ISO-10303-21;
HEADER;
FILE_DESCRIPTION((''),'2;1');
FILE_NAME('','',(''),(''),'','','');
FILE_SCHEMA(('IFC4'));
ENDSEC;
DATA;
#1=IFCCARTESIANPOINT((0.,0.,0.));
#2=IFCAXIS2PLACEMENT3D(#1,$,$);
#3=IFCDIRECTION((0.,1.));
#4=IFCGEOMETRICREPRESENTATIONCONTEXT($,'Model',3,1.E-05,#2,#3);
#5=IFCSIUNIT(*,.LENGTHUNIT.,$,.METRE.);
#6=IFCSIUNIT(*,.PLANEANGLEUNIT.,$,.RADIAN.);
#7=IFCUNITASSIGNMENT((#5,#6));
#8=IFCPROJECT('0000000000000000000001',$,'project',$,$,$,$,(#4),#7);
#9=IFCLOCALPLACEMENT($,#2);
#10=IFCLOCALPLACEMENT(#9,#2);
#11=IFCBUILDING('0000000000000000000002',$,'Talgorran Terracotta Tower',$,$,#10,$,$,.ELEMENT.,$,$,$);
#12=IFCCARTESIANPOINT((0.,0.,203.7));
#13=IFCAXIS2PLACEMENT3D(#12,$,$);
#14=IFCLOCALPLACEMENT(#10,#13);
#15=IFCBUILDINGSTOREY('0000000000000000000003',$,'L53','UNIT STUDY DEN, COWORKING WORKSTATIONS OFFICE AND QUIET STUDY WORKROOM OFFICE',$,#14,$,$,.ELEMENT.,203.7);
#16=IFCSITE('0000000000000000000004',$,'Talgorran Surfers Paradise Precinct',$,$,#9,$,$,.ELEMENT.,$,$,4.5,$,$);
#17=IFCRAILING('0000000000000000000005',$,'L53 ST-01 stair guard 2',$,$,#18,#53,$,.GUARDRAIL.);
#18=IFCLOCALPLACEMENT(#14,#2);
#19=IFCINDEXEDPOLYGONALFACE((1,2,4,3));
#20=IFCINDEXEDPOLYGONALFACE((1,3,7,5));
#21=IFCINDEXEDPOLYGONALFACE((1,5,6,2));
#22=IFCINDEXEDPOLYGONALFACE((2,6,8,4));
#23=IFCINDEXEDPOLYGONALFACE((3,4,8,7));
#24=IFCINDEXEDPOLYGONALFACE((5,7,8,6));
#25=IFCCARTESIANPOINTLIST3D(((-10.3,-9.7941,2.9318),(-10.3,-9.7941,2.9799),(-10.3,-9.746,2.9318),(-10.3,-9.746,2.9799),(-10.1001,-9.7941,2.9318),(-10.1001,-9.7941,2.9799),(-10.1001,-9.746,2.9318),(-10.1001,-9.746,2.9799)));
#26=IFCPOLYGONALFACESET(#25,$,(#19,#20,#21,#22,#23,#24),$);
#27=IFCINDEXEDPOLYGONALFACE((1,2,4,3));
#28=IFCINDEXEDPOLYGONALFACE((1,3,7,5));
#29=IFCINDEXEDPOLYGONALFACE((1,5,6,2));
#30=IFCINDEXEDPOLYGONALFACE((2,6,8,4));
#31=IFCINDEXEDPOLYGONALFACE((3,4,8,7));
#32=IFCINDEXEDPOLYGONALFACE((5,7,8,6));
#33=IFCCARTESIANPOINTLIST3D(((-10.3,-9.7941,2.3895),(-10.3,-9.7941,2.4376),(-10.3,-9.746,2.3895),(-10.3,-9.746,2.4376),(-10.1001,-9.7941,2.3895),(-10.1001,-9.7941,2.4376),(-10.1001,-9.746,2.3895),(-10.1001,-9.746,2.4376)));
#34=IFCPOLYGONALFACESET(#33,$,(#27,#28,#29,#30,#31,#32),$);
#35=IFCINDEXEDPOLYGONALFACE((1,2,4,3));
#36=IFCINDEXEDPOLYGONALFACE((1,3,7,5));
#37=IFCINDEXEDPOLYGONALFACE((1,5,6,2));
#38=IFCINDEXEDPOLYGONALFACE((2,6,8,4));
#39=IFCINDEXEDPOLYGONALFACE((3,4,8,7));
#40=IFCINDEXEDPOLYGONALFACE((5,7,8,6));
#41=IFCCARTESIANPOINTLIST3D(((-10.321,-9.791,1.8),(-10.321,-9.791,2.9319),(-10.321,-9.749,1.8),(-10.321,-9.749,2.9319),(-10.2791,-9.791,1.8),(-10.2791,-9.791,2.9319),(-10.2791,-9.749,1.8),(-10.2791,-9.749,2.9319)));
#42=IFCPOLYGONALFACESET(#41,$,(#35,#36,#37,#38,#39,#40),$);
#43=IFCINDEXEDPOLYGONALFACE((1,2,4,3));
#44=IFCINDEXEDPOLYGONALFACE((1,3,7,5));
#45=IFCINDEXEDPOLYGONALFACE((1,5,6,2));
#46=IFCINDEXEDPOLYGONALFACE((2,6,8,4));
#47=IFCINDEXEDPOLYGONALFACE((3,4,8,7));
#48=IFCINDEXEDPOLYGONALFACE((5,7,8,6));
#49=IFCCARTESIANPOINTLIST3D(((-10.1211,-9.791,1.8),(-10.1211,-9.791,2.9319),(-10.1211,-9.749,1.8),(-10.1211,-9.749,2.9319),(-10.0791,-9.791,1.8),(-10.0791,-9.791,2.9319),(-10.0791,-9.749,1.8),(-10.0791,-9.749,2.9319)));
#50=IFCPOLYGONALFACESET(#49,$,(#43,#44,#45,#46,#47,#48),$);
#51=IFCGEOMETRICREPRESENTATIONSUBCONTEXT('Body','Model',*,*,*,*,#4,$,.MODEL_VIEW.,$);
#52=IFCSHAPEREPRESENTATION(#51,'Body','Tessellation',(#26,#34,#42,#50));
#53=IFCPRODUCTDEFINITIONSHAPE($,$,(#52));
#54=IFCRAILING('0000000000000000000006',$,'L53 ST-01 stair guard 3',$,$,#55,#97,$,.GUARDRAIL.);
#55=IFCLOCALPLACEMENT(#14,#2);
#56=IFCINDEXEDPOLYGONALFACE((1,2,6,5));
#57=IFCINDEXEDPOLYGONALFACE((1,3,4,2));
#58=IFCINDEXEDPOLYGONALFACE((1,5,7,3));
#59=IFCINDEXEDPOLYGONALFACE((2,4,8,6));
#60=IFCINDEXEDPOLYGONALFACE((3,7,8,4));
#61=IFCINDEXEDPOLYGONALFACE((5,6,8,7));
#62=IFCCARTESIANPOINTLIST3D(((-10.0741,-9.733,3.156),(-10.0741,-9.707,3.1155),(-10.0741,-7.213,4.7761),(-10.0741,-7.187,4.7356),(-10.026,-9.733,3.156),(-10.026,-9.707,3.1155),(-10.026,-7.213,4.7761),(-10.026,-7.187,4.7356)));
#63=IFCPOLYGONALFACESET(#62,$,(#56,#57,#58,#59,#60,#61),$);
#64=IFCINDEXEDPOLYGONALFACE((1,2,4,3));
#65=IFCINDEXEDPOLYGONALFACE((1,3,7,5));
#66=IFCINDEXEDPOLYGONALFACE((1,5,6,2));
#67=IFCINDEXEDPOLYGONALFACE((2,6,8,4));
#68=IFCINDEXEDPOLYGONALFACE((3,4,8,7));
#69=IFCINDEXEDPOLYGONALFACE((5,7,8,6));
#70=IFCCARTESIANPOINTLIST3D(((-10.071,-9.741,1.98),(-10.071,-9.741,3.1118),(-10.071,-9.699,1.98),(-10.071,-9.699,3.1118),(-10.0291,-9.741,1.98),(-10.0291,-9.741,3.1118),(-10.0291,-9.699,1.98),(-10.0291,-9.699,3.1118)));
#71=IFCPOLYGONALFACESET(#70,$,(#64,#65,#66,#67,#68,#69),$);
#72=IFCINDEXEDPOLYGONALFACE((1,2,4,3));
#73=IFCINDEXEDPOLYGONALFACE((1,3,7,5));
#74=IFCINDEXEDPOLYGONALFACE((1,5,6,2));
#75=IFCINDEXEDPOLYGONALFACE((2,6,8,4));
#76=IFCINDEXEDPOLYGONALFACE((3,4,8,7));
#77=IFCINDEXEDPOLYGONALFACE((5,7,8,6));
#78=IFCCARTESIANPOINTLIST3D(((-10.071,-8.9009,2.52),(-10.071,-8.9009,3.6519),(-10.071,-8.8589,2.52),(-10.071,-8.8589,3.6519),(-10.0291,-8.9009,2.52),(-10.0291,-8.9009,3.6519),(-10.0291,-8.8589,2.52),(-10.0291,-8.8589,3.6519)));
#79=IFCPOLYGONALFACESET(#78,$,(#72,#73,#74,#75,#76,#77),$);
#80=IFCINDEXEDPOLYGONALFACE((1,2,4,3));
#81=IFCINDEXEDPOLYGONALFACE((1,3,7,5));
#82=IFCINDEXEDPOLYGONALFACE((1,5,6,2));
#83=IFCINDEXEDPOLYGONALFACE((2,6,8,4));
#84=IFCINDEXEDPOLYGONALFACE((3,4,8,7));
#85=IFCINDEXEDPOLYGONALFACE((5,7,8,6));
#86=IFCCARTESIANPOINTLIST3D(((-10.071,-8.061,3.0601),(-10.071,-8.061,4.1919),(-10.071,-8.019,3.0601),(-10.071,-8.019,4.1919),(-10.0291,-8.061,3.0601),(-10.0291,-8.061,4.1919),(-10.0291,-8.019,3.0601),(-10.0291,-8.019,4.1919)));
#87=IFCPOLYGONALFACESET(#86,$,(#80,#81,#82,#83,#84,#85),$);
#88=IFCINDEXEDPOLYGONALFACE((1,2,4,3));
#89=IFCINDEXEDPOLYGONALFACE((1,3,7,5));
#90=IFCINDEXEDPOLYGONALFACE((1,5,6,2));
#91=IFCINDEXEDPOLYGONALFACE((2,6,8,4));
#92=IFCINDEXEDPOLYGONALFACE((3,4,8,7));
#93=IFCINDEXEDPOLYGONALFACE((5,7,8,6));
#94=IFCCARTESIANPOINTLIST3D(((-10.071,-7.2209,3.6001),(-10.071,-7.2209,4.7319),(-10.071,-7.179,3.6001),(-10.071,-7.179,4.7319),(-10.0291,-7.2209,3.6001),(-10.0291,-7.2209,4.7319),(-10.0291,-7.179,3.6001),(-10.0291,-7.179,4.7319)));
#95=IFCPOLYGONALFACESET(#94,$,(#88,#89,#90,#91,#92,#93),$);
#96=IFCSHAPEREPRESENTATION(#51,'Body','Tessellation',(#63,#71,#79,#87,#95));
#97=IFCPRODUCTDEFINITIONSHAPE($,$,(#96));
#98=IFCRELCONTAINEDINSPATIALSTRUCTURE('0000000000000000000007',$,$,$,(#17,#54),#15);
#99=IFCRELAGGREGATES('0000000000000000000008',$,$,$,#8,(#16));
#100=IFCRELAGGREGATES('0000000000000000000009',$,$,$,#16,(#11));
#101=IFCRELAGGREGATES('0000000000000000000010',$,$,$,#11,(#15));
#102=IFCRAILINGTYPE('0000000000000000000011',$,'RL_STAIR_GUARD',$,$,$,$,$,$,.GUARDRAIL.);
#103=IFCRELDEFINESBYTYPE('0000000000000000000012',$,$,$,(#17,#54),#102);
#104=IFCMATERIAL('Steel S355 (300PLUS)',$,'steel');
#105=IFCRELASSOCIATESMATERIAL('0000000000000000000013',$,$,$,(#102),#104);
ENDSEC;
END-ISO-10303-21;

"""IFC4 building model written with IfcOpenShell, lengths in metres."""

from ifc_helpers import new_model, si_unit, direction, frame, origin, origin_2d, place, context, subcontext, project, spatial, rectangle, extrude, material, type_object, element, save


model = new_model("IFC4")

# Units and contexts
model_context = context("Model", 3, precision=1e-05, world=origin(), true_north=direction((0.0, 1.0)))
body_context = subcontext(model_context, "Body", "Model", "MODEL_VIEW")
ifc_project = project(units=[si_unit("LENGTHUNIT", "METRE"), si_unit("PLANEANGLEUNIT", "RADIAN")], contexts=[model_context])

# Site, building, storey
site_placement = place(None, origin())
site = spatial("IfcSite", under=ifc_project, at=site_placement, Name="Talgorran Surfers Paradise Precinct", CompositionType="ELEMENT", RefElevation=4.5)
building_placement = place(site_placement, origin())
building = spatial("IfcBuilding", under=site, at=building_placement, Name="Talgorran Terracotta Tower", CompositionType="ELEMENT")
storey_placement = place(building_placement, frame((0.0, 0.0, 203.7)))
storey = spatial("IfcBuildingStorey", under=building, at=storey_placement, Name="L53", Description="UNIT STUDY DEN, COWORKING WORKSTATIONS OFFICE AND QUIET STUDY WORKROOM OFFICE", CompositionType="ELEMENT", Elevation=203.7)

# Shared definitions
ifc_material_1 = material(Name="Steel S355 (300PLUS)", Category="steel")

# Railings
railing_type = type_object("IfcRailingType", Name="RL_STAIR_GUARD", PredefinedType="GUARDRAIL", material=ifc_material_1)
railing_1_placement = place(storey_placement, frame((-10.3, -9.77, 1.8)))
element("IfcRailing", 1, at=railing_1_placement, inside=storey, type_object=railing_type, Name="L53 ST-01 stair guard 2", PredefinedType="GUARDRAIL", context=body_context, shape_type="SweptSolid", body=[
    extrude(rectangle(XDim=0.0481, YDim=0.0481, at=origin_2d()), frame((0.0, 0.0, 1.1558), z_axis=(1.0, 0.0, 0.0), x_axis=(0.0, 1.0, 0.0)), (0.0, 0.0, 1.0), 0.2),
    extrude(rectangle(XDim=0.0481, YDim=0.0481, at=origin_2d()), frame((0.0, 0.0, 0.6135), z_axis=(1.0, 0.0, 0.0), x_axis=(0.0, 1.0, 0.0)), (0.0, 0.0, 1.0), 0.2),
    extrude(rectangle(XDim=0.042, YDim=0.042, at=origin_2d()), origin(), (0.0, 0.0, 1.0), 1.1318),
    extrude(rectangle(XDim=0.042, YDim=0.042, at=origin_2d()), frame((0.2, 0.0, 0.0)), (0.0, 0.0, 1.0), 1.1318),
])
railing_2_placement = place(storey_placement, frame((-10.05, -9.72, 1.98)))
element("IfcRailing", 2, at=railing_2_placement, inside=storey, type_object=railing_type, Name="L53 ST-01 stair guard 3", PredefinedType="GUARDRAIL", context=body_context, shape_type="SweptSolid", body=[
    extrude(rectangle(XDim=0.0481, YDim=0.0481, at=origin_2d()), frame((0.0, 0.0, 1.1558), z_axis=(0.0, 0.841163, 0.540782), x_axis=(-1.0, 0.0, 0.0)), (0.0, 0.0, 1.0), 2.9958),
    extrude(rectangle(XDim=0.042, YDim=0.042, at=origin_2d()), origin(), (0.0, 0.0, 1.0), 1.1318),
    extrude(rectangle(XDim=0.042, YDim=0.042, at=origin_2d()), frame((0.0, 0.8401, 0.54)), (0.0, 0.0, 1.0), 1.1318),
    extrude(rectangle(XDim=0.042, YDim=0.042, at=origin_2d()), frame((0.0, 1.6799, 1.0801)), (0.0, 0.0, 1.0), 1.1318),
    extrude(rectangle(XDim=0.042, YDim=0.042, at=origin_2d()), frame((0.0, 2.52, 1.6201)), (0.0, 0.0, 1.0), 1.1318),
])

save(model, "model.ifc")
